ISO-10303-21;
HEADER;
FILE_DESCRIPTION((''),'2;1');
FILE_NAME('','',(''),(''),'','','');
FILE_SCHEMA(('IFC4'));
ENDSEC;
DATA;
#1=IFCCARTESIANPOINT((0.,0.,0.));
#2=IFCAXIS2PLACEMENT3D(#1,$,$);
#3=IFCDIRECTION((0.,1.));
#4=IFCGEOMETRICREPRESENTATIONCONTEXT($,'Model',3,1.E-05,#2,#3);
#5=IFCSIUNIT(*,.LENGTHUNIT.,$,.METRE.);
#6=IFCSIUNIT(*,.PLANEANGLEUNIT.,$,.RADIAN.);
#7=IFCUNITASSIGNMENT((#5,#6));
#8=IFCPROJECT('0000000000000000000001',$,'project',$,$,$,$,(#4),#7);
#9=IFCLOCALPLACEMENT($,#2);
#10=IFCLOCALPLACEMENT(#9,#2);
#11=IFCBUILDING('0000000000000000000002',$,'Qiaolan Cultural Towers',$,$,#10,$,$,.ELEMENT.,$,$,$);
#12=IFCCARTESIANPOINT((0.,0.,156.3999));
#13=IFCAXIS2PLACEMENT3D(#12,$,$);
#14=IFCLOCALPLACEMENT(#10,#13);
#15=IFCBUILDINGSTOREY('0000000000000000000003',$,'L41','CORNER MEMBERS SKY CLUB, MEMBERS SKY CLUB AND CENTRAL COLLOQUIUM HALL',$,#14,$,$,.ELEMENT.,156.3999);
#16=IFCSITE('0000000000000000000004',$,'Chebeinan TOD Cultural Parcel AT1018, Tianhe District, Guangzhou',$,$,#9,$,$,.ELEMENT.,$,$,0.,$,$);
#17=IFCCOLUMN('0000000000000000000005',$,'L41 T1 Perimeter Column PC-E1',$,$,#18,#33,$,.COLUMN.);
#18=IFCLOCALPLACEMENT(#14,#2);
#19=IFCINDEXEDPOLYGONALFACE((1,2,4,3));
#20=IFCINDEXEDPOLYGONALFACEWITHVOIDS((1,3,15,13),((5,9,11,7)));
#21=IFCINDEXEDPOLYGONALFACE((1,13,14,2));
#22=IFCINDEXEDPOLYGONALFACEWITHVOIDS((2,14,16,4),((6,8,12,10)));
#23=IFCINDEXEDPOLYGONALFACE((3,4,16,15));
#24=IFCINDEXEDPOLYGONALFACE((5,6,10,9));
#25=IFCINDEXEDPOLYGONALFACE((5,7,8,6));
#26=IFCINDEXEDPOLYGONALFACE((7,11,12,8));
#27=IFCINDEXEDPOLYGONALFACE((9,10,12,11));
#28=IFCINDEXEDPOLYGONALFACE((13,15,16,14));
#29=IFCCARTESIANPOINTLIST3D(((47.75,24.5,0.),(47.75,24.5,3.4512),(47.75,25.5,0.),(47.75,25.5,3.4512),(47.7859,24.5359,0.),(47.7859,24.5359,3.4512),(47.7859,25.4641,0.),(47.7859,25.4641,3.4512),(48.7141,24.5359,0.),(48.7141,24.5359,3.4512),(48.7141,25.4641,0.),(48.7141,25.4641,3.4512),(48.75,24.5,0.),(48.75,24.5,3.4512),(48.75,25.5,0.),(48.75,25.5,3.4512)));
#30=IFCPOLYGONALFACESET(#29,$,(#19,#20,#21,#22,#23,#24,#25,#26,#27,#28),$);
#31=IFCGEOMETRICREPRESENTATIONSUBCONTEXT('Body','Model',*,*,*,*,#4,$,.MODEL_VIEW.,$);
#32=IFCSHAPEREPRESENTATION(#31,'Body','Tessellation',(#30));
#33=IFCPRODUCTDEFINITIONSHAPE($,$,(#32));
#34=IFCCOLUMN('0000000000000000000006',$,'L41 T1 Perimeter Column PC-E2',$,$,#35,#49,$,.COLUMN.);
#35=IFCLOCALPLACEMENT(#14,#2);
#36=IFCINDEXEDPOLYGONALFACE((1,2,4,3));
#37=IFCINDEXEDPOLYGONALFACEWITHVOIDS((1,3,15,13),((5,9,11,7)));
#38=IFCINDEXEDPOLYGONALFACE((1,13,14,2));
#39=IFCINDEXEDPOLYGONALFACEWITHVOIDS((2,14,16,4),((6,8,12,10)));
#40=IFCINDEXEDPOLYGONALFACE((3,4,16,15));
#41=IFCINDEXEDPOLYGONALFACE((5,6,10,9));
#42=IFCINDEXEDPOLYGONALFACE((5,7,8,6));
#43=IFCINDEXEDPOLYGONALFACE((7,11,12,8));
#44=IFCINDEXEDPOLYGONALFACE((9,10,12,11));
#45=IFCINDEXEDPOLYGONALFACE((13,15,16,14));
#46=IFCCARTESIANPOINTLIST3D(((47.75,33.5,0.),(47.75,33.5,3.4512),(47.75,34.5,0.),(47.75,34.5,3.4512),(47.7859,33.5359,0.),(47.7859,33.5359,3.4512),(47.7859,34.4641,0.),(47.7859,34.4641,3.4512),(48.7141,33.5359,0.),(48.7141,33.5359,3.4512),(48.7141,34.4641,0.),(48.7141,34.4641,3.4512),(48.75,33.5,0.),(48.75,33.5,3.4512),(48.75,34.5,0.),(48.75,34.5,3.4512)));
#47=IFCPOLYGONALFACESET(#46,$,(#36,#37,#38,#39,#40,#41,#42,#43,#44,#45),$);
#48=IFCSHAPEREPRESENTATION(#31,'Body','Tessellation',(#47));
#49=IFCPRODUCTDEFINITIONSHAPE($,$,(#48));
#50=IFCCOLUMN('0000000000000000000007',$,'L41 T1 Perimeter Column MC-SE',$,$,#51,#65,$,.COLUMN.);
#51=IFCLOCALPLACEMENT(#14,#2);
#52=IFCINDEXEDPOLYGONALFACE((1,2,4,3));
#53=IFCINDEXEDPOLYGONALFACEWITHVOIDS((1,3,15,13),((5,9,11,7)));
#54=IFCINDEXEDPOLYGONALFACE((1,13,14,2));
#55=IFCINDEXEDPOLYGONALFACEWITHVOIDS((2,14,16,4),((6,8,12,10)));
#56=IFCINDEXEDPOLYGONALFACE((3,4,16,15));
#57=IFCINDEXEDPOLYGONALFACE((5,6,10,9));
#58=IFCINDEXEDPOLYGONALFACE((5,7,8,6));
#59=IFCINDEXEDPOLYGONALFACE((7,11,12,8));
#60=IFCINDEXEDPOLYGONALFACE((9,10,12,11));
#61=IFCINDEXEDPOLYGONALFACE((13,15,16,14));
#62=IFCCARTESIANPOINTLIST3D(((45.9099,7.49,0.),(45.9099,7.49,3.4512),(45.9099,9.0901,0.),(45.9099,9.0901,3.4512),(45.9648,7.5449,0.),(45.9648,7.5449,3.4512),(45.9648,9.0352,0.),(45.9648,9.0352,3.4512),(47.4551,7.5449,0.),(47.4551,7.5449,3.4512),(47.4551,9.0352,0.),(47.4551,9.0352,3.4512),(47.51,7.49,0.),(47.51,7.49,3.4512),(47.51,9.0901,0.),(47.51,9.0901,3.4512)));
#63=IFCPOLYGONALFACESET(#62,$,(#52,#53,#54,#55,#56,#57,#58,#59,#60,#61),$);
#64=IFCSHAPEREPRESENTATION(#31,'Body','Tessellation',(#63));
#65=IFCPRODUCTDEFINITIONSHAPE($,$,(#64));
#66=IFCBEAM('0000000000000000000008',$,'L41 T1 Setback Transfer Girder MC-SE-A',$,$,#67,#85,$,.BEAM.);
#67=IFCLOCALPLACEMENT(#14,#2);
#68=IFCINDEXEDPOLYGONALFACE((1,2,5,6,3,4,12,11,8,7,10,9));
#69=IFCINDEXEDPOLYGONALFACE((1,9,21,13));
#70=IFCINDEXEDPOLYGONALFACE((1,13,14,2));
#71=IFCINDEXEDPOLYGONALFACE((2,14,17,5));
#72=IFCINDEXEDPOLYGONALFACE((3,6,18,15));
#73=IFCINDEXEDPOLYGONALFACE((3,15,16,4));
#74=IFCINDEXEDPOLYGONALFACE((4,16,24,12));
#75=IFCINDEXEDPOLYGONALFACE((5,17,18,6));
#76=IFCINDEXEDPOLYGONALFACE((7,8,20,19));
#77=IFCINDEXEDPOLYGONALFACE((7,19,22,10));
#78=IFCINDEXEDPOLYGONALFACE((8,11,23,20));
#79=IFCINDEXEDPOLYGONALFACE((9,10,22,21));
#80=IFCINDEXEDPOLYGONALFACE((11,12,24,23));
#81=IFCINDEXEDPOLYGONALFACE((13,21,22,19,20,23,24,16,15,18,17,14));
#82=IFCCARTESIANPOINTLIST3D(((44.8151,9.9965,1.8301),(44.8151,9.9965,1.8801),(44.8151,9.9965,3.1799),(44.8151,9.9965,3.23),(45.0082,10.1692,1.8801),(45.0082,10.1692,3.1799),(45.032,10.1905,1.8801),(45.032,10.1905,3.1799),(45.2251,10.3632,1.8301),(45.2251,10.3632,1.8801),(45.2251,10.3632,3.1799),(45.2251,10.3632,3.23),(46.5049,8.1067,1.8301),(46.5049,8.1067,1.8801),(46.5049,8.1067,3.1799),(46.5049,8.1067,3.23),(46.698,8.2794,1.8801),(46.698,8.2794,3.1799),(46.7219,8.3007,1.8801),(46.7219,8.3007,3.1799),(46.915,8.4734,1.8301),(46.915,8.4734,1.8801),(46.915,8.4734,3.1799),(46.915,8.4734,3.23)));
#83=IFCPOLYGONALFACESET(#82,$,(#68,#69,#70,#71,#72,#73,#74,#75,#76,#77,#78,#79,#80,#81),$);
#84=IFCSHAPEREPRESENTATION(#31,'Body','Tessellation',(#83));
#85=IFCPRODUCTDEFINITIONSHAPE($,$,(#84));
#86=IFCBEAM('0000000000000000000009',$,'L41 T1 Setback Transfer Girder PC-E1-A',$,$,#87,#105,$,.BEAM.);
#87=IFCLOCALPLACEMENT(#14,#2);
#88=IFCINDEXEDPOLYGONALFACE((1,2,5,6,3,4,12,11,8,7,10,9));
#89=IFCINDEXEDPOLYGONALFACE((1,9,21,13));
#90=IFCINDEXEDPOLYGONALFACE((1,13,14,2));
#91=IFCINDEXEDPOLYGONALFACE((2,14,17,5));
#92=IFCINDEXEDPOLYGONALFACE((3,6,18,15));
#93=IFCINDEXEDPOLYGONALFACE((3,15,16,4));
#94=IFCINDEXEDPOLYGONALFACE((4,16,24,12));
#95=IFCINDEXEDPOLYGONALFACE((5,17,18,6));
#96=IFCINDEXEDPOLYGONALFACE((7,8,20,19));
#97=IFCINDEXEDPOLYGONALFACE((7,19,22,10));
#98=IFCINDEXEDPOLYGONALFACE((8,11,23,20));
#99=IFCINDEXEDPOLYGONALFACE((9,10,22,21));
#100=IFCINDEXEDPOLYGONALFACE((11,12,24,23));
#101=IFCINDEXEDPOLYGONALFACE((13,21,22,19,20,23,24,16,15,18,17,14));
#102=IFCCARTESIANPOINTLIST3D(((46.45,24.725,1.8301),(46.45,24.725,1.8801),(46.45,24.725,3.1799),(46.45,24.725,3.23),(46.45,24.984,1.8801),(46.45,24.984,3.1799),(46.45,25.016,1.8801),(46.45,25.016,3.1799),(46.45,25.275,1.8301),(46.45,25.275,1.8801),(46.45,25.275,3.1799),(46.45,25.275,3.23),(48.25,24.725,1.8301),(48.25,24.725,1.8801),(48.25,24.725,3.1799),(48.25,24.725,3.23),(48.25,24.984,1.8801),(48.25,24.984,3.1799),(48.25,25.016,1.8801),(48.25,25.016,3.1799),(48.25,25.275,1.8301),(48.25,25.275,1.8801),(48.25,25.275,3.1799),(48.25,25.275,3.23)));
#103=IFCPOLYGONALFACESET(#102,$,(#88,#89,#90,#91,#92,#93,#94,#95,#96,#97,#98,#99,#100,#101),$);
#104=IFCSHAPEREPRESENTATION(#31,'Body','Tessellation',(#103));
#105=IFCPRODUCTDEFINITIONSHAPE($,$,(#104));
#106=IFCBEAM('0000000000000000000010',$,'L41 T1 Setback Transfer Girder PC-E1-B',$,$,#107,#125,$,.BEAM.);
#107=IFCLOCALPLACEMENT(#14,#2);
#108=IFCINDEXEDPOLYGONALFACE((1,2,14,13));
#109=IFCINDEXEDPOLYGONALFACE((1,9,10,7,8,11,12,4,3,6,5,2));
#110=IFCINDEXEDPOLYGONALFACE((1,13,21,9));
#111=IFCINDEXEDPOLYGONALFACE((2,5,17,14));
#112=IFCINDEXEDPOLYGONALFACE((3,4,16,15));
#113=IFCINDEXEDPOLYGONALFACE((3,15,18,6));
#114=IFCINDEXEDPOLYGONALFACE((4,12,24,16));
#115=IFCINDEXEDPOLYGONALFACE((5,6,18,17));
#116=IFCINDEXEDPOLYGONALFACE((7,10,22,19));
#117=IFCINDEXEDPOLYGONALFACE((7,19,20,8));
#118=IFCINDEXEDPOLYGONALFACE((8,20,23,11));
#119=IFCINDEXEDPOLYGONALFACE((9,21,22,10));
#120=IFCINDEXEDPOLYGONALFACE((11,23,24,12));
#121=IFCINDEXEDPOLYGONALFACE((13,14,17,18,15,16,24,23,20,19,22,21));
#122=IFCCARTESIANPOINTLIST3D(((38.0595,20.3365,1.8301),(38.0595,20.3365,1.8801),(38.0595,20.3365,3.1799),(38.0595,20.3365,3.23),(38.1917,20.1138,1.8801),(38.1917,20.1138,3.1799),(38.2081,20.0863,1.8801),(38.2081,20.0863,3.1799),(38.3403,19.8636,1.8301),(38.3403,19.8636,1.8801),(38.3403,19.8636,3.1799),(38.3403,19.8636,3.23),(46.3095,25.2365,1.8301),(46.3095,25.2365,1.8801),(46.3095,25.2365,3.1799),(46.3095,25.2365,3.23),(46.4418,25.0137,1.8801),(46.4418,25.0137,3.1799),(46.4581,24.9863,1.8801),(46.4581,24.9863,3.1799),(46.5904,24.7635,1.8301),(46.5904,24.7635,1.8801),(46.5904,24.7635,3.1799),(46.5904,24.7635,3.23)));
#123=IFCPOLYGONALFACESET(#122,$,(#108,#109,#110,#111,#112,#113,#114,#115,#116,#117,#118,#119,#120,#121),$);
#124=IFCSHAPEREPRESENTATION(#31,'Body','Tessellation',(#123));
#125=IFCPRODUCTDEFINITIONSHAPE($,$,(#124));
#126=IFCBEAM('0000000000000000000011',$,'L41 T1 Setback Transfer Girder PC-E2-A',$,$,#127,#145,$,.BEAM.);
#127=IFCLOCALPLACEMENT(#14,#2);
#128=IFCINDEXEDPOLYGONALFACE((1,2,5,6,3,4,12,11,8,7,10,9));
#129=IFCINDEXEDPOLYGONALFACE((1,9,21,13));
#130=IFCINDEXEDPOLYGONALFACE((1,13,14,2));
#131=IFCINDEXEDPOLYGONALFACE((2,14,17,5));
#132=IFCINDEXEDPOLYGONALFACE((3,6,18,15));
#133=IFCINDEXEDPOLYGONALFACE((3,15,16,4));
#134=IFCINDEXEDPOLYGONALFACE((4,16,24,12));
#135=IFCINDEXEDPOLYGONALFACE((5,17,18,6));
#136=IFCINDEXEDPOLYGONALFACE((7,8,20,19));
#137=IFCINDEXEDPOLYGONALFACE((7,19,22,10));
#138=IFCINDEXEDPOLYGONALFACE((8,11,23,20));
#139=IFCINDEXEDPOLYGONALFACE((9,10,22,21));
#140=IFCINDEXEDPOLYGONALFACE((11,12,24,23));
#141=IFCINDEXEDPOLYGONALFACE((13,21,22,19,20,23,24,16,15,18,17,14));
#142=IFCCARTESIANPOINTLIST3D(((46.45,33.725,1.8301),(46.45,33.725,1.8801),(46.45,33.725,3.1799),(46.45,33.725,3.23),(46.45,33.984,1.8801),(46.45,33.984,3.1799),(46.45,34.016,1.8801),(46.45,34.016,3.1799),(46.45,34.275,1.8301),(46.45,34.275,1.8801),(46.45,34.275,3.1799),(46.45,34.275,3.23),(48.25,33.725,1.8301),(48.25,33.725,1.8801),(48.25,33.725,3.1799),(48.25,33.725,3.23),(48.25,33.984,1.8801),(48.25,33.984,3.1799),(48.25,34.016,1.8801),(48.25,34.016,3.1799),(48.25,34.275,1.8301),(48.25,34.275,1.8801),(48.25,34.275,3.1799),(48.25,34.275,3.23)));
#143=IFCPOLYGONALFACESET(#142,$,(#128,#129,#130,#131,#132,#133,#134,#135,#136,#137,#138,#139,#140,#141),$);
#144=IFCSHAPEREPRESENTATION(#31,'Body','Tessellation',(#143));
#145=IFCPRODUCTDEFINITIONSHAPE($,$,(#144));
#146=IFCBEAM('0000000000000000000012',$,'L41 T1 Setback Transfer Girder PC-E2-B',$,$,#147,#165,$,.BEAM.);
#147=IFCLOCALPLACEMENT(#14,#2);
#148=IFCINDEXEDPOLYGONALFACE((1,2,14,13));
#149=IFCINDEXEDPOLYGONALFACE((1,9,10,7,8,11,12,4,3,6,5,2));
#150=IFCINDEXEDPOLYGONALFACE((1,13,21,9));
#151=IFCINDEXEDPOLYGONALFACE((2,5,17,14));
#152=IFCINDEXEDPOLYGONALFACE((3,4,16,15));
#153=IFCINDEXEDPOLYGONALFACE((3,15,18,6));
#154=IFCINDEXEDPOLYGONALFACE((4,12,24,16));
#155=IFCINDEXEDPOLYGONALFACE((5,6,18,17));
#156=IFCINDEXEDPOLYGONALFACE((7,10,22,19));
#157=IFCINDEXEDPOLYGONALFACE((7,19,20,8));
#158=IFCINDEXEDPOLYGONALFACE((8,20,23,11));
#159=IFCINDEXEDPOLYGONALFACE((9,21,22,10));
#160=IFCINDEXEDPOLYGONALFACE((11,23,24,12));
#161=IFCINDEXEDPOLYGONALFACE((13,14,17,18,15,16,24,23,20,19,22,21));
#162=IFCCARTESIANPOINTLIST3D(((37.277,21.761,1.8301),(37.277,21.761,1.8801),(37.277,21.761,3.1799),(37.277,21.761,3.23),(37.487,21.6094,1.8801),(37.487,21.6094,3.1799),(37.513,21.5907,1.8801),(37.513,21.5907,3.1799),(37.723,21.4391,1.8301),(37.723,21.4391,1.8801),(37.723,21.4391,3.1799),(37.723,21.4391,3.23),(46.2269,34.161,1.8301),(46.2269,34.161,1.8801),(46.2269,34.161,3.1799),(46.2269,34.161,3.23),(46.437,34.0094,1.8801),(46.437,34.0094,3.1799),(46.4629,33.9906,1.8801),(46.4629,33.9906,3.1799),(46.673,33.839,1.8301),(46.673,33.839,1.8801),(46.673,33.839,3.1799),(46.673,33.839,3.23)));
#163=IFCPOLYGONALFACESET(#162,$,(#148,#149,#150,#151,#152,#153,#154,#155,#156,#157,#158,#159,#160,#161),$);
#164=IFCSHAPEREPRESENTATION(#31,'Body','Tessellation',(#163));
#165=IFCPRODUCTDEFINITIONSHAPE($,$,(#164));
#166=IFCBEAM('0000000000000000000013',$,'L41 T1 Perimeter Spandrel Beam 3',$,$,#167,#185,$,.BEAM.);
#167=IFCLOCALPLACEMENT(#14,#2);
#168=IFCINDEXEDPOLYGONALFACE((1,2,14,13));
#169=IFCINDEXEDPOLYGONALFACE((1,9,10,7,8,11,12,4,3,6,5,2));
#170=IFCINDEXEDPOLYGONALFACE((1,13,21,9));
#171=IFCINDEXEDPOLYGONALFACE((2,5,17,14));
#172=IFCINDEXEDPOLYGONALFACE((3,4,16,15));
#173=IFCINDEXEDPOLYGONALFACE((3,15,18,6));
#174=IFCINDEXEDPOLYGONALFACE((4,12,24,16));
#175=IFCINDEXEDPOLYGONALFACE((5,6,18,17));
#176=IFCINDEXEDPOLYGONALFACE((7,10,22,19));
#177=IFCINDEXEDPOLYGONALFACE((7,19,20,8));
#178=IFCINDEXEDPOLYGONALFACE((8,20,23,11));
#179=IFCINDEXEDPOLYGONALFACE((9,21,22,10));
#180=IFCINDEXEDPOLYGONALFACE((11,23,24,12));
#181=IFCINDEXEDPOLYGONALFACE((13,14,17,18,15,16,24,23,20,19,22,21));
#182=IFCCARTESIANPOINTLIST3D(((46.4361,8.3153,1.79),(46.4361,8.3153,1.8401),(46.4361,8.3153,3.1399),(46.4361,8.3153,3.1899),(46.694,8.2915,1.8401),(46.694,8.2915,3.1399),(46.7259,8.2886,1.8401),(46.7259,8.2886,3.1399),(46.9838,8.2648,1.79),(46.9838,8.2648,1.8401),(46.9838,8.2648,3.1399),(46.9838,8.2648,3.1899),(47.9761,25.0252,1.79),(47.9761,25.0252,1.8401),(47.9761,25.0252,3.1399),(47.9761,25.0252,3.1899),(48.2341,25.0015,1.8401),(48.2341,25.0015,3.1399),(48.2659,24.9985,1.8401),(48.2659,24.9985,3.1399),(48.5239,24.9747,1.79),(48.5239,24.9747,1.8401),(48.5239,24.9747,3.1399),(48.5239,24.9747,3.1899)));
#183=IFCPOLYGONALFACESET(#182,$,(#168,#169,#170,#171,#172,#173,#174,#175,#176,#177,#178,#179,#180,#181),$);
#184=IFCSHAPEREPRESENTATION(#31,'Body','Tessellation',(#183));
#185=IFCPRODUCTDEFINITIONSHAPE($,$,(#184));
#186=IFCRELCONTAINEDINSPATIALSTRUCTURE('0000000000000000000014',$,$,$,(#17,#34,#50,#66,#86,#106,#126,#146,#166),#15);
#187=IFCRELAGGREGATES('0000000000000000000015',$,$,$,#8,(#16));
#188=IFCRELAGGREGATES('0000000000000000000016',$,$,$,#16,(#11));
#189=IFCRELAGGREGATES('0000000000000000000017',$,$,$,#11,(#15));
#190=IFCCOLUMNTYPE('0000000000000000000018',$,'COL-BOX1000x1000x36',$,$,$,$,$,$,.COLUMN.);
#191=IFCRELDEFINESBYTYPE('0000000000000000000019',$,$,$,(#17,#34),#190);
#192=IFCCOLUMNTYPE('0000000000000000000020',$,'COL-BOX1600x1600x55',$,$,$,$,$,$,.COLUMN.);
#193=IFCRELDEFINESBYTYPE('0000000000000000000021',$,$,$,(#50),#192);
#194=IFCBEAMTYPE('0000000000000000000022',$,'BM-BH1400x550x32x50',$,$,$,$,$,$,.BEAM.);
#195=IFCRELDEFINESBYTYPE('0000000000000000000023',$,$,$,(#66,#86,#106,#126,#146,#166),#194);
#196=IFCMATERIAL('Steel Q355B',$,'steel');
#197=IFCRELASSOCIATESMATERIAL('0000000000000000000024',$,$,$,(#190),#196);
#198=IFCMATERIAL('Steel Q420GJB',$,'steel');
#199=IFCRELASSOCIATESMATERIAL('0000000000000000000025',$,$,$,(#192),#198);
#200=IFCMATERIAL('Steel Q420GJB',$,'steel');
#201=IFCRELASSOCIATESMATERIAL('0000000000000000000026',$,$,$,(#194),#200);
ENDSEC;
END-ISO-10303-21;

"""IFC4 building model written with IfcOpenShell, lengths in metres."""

from ifc_helpers import new_model, si_unit, direction, frame, origin, origin_2d, place, context, subcontext, project, spatial, hollow_rectangle, i_section, extrude, material, material_profile, profile_set, type_object, element, save


model = new_model("IFC4")

# Units and contexts
model_context = context("Model", 3, precision=1e-05, world=origin(), true_north=direction((0.0, 1.0)))
body_context = subcontext(model_context, "Body", "Model", "MODEL_VIEW")
ifc_project = project(units=[si_unit("LENGTHUNIT", "METRE"), si_unit("PLANEANGLEUNIT", "RADIAN")], contexts=[model_context])

# Site, building, storey
site_placement = place(None, origin())
site = spatial("IfcSite", under=ifc_project, at=site_placement, Name="Chebeinan TOD Cultural Parcel AT1018, Tianhe District, Guangzhou", CompositionType="ELEMENT", RefElevation=0.0)
building_placement = place(site_placement, origin())
building = spatial("IfcBuilding", under=site, at=building_placement, Name="Qiaolan Cultural Towers", CompositionType="ELEMENT")
storey_placement = place(building_placement, frame((0.0, 0.0, 156.3999)))
storey = spatial("IfcBuildingStorey", under=building, at=storey_placement, Name="L41", Description="CORNER MEMBERS SKY CLUB, MEMBERS SKY CLUB AND CENTRAL COLLOQUIUM HALL", CompositionType="ELEMENT", Elevation=156.3999)

# Columns
ifc_material_1 = material(Name="Steel Q355B", Category="steel")
ifc_material_profile_1 = material_profile(ifc_material_1, hollow_rectangle(XDim=1.0, YDim=1.0, WallThickness=0.0359, at=origin_2d()), Name="BOX1000x1000x36")
ifc_profile_set_1 = profile_set([ifc_material_profile_1], Name="Steel Q355B")
column_type_1 = type_object("IfcColumnType", Name="COL-BOX1000x1000x36", PredefinedType="COLUMN", material=ifc_profile_set_1)
for number, where, z_axis, x_axis, name in (
    (1, (48.25, 25.0, 0.0), (0.0, 0.0, 1.0), (1.0, 0.0, 0.0), "L41 T1 Perimeter Column PC-E1"),
    (2, (48.25, 34.0, 0.0), (0.0, 0.0, 1.0), (1.0, 0.0, 0.0), "L41 T1 Perimeter Column PC-E2"),
):
    element("IfcColumn", number, at=place(storey_placement, frame(where, z_axis=z_axis, x_axis=x_axis)), inside=storey, type_object=column_type_1, Name=name, PredefinedType="COLUMN", context=body_context, shape_type="SweptSolid", body=[
        extrude(hollow_rectangle(XDim=1.0, YDim=1.0, WallThickness=0.0359, at=origin_2d()), origin(), (0.0, 0.0, 1.0), 3.4512),
    ])
ifc_material_2 = material(Name="Steel Q420GJB", Category="steel")
ifc_material_profile_2 = material_profile(ifc_material_2, hollow_rectangle(XDim=1.6001, YDim=1.6001, WallThickness=0.0549, at=origin_2d()), Name="BOX1600x1600x55")
ifc_profile_set_2 = profile_set([ifc_material_profile_2], Name="Steel Q420GJB")
column_type_2 = type_object("IfcColumnType", Name="COL-BOX1600x1600x55", PredefinedType="COLUMN", material=ifc_profile_set_2)
column_placement = place(storey_placement, frame((46.71, 8.29, 0.0), z_axis=(0.0, 0.0, 1.0), x_axis=(1.0, 0.0, 0.0)))
element("IfcColumn", 3, at=column_placement, inside=storey, type_object=column_type_2, Name="L41 T1 Perimeter Column MC-SE", PredefinedType="COLUMN", context=body_context, shape_type="SweptSolid", body=[
    extrude(hollow_rectangle(XDim=1.6001, YDim=1.6001, WallThickness=0.0549, at=origin_2d()), origin(), (0.0, 0.0, 1.0), 3.4512),
])

# Beams
ifc_material_3 = material(Name="Steel Q420GJB", Category="steel")
ifc_material_profile_3 = material_profile(ifc_material_3, i_section(OverallWidth=0.55, OverallDepth=1.3999, WebThickness=0.032, FlangeThickness=0.05, at=origin_2d()), Name="BH1400x550x32x50")
ifc_profile_set_3 = profile_set([ifc_material_profile_3], Name="Steel Q420GJB")
beam_type = type_object("IfcBeamType", Name="BM-BH1400x550x32x50", PredefinedType="BEAM", material=ifc_profile_set_3)
beam_1_placement = place(storey_placement, frame((46.71, 8.29, 2.53), z_axis=(-0.666572, 0.74544, 0.0), x_axis=(-0.74544, -0.666572, 0.0)))
element("IfcBeam", 4, at=beam_1_placement, inside=storey, type_object=beam_type, Name="L41 T1 Setback Transfer Girder MC-SE-A", PredefinedType="BEAM", context=body_context, shape_type="SweptSolid", body=[
    extrude(i_section(OverallWidth=0.55, OverallDepth=1.3999, WebThickness=0.032, FlangeThickness=0.05, at=origin_2d()), origin(), (0.0, 0.0, 1.0), 2.5352),
])
beam_2_placement = place(storey_placement, frame((48.25, 25.0, 2.53), z_axis=(-1.0, 0.0, 0.0), x_axis=(0.0, -1.0, 0.0)))
element("IfcBeam", 5, at=beam_2_placement, inside=storey, type_object=beam_type, Name="L41 T1 Setback Transfer Girder PC-E1-A", PredefinedType="BEAM", context=body_context, shape_type="SweptSolid", body=[
    extrude(i_section(OverallWidth=0.55, OverallDepth=1.3999, WebThickness=0.032, FlangeThickness=0.05, at=origin_2d()), origin(), (0.0, 0.0, 1.0), 1.8),
])
beam_3_placement = place(storey_placement, frame((46.45, 25.0, 2.53), z_axis=(-0.859788, -0.510652, 0.0), x_axis=(0.510652, -0.859788, 0.0)))
element("IfcBeam", 6, at=beam_3_placement, inside=storey, type_object=beam_type, Name="L41 T1 Setback Transfer Girder PC-E1-B", PredefinedType="BEAM", context=body_context, shape_type="SweptSolid", body=[
    extrude(i_section(OverallWidth=0.55, OverallDepth=1.3999, WebThickness=0.032, FlangeThickness=0.05, at=origin_2d()), origin(), (0.0, 0.0, 1.0), 9.5955),
])
beam_4_placement = place(storey_placement, frame((48.25, 34.0, 2.53), z_axis=(-1.0, 0.0, 0.0), x_axis=(0.0, -1.0, 0.0)))
element("IfcBeam", 7, at=beam_4_placement, inside=storey, type_object=beam_type, Name="L41 T1 Setback Transfer Girder PC-E2-A", PredefinedType="BEAM", context=body_context, shape_type="SweptSolid", body=[
    extrude(i_section(OverallWidth=0.55, OverallDepth=1.3999, WebThickness=0.032, FlangeThickness=0.05, at=origin_2d()), origin(), (0.0, 0.0, 1.0), 1.8),
])
beam_5_placement = place(storey_placement, frame((46.45, 34.0, 2.53), z_axis=(-0.585253, -0.810851, 0.0), x_axis=(0.810851, -0.585253, 0.0)))
element("IfcBeam", 8, at=beam_5_placement, inside=storey, type_object=beam_type, Name="L41 T1 Setback Transfer Girder PC-E2-B", PredefinedType="BEAM", context=body_context, shape_type="SweptSolid", body=[
    extrude(i_section(OverallWidth=0.55, OverallDepth=1.3999, WebThickness=0.032, FlangeThickness=0.05, at=origin_2d()), origin(), (0.0, 0.0, 1.0), 15.2925),
])
beam_6_placement = place(storey_placement, frame((46.71, 8.29, 2.49), z_axis=(0.091774, 0.99578, 0.0), x_axis=(-0.99578, 0.091774, 0.0)))
element("IfcBeam", 9, at=beam_6_placement, inside=storey, type_object=beam_type, Name="L41 T1 Perimeter Spandrel Beam 3", PredefinedType="BEAM", context=body_context, shape_type="SweptSolid", body=[
    extrude(i_section(OverallWidth=0.55, OverallDepth=1.3999, WebThickness=0.032, FlangeThickness=0.05, at=origin_2d()), origin(), (0.0, 0.0, 1.0), 16.7808),
])

save(model, "model.ifc")
